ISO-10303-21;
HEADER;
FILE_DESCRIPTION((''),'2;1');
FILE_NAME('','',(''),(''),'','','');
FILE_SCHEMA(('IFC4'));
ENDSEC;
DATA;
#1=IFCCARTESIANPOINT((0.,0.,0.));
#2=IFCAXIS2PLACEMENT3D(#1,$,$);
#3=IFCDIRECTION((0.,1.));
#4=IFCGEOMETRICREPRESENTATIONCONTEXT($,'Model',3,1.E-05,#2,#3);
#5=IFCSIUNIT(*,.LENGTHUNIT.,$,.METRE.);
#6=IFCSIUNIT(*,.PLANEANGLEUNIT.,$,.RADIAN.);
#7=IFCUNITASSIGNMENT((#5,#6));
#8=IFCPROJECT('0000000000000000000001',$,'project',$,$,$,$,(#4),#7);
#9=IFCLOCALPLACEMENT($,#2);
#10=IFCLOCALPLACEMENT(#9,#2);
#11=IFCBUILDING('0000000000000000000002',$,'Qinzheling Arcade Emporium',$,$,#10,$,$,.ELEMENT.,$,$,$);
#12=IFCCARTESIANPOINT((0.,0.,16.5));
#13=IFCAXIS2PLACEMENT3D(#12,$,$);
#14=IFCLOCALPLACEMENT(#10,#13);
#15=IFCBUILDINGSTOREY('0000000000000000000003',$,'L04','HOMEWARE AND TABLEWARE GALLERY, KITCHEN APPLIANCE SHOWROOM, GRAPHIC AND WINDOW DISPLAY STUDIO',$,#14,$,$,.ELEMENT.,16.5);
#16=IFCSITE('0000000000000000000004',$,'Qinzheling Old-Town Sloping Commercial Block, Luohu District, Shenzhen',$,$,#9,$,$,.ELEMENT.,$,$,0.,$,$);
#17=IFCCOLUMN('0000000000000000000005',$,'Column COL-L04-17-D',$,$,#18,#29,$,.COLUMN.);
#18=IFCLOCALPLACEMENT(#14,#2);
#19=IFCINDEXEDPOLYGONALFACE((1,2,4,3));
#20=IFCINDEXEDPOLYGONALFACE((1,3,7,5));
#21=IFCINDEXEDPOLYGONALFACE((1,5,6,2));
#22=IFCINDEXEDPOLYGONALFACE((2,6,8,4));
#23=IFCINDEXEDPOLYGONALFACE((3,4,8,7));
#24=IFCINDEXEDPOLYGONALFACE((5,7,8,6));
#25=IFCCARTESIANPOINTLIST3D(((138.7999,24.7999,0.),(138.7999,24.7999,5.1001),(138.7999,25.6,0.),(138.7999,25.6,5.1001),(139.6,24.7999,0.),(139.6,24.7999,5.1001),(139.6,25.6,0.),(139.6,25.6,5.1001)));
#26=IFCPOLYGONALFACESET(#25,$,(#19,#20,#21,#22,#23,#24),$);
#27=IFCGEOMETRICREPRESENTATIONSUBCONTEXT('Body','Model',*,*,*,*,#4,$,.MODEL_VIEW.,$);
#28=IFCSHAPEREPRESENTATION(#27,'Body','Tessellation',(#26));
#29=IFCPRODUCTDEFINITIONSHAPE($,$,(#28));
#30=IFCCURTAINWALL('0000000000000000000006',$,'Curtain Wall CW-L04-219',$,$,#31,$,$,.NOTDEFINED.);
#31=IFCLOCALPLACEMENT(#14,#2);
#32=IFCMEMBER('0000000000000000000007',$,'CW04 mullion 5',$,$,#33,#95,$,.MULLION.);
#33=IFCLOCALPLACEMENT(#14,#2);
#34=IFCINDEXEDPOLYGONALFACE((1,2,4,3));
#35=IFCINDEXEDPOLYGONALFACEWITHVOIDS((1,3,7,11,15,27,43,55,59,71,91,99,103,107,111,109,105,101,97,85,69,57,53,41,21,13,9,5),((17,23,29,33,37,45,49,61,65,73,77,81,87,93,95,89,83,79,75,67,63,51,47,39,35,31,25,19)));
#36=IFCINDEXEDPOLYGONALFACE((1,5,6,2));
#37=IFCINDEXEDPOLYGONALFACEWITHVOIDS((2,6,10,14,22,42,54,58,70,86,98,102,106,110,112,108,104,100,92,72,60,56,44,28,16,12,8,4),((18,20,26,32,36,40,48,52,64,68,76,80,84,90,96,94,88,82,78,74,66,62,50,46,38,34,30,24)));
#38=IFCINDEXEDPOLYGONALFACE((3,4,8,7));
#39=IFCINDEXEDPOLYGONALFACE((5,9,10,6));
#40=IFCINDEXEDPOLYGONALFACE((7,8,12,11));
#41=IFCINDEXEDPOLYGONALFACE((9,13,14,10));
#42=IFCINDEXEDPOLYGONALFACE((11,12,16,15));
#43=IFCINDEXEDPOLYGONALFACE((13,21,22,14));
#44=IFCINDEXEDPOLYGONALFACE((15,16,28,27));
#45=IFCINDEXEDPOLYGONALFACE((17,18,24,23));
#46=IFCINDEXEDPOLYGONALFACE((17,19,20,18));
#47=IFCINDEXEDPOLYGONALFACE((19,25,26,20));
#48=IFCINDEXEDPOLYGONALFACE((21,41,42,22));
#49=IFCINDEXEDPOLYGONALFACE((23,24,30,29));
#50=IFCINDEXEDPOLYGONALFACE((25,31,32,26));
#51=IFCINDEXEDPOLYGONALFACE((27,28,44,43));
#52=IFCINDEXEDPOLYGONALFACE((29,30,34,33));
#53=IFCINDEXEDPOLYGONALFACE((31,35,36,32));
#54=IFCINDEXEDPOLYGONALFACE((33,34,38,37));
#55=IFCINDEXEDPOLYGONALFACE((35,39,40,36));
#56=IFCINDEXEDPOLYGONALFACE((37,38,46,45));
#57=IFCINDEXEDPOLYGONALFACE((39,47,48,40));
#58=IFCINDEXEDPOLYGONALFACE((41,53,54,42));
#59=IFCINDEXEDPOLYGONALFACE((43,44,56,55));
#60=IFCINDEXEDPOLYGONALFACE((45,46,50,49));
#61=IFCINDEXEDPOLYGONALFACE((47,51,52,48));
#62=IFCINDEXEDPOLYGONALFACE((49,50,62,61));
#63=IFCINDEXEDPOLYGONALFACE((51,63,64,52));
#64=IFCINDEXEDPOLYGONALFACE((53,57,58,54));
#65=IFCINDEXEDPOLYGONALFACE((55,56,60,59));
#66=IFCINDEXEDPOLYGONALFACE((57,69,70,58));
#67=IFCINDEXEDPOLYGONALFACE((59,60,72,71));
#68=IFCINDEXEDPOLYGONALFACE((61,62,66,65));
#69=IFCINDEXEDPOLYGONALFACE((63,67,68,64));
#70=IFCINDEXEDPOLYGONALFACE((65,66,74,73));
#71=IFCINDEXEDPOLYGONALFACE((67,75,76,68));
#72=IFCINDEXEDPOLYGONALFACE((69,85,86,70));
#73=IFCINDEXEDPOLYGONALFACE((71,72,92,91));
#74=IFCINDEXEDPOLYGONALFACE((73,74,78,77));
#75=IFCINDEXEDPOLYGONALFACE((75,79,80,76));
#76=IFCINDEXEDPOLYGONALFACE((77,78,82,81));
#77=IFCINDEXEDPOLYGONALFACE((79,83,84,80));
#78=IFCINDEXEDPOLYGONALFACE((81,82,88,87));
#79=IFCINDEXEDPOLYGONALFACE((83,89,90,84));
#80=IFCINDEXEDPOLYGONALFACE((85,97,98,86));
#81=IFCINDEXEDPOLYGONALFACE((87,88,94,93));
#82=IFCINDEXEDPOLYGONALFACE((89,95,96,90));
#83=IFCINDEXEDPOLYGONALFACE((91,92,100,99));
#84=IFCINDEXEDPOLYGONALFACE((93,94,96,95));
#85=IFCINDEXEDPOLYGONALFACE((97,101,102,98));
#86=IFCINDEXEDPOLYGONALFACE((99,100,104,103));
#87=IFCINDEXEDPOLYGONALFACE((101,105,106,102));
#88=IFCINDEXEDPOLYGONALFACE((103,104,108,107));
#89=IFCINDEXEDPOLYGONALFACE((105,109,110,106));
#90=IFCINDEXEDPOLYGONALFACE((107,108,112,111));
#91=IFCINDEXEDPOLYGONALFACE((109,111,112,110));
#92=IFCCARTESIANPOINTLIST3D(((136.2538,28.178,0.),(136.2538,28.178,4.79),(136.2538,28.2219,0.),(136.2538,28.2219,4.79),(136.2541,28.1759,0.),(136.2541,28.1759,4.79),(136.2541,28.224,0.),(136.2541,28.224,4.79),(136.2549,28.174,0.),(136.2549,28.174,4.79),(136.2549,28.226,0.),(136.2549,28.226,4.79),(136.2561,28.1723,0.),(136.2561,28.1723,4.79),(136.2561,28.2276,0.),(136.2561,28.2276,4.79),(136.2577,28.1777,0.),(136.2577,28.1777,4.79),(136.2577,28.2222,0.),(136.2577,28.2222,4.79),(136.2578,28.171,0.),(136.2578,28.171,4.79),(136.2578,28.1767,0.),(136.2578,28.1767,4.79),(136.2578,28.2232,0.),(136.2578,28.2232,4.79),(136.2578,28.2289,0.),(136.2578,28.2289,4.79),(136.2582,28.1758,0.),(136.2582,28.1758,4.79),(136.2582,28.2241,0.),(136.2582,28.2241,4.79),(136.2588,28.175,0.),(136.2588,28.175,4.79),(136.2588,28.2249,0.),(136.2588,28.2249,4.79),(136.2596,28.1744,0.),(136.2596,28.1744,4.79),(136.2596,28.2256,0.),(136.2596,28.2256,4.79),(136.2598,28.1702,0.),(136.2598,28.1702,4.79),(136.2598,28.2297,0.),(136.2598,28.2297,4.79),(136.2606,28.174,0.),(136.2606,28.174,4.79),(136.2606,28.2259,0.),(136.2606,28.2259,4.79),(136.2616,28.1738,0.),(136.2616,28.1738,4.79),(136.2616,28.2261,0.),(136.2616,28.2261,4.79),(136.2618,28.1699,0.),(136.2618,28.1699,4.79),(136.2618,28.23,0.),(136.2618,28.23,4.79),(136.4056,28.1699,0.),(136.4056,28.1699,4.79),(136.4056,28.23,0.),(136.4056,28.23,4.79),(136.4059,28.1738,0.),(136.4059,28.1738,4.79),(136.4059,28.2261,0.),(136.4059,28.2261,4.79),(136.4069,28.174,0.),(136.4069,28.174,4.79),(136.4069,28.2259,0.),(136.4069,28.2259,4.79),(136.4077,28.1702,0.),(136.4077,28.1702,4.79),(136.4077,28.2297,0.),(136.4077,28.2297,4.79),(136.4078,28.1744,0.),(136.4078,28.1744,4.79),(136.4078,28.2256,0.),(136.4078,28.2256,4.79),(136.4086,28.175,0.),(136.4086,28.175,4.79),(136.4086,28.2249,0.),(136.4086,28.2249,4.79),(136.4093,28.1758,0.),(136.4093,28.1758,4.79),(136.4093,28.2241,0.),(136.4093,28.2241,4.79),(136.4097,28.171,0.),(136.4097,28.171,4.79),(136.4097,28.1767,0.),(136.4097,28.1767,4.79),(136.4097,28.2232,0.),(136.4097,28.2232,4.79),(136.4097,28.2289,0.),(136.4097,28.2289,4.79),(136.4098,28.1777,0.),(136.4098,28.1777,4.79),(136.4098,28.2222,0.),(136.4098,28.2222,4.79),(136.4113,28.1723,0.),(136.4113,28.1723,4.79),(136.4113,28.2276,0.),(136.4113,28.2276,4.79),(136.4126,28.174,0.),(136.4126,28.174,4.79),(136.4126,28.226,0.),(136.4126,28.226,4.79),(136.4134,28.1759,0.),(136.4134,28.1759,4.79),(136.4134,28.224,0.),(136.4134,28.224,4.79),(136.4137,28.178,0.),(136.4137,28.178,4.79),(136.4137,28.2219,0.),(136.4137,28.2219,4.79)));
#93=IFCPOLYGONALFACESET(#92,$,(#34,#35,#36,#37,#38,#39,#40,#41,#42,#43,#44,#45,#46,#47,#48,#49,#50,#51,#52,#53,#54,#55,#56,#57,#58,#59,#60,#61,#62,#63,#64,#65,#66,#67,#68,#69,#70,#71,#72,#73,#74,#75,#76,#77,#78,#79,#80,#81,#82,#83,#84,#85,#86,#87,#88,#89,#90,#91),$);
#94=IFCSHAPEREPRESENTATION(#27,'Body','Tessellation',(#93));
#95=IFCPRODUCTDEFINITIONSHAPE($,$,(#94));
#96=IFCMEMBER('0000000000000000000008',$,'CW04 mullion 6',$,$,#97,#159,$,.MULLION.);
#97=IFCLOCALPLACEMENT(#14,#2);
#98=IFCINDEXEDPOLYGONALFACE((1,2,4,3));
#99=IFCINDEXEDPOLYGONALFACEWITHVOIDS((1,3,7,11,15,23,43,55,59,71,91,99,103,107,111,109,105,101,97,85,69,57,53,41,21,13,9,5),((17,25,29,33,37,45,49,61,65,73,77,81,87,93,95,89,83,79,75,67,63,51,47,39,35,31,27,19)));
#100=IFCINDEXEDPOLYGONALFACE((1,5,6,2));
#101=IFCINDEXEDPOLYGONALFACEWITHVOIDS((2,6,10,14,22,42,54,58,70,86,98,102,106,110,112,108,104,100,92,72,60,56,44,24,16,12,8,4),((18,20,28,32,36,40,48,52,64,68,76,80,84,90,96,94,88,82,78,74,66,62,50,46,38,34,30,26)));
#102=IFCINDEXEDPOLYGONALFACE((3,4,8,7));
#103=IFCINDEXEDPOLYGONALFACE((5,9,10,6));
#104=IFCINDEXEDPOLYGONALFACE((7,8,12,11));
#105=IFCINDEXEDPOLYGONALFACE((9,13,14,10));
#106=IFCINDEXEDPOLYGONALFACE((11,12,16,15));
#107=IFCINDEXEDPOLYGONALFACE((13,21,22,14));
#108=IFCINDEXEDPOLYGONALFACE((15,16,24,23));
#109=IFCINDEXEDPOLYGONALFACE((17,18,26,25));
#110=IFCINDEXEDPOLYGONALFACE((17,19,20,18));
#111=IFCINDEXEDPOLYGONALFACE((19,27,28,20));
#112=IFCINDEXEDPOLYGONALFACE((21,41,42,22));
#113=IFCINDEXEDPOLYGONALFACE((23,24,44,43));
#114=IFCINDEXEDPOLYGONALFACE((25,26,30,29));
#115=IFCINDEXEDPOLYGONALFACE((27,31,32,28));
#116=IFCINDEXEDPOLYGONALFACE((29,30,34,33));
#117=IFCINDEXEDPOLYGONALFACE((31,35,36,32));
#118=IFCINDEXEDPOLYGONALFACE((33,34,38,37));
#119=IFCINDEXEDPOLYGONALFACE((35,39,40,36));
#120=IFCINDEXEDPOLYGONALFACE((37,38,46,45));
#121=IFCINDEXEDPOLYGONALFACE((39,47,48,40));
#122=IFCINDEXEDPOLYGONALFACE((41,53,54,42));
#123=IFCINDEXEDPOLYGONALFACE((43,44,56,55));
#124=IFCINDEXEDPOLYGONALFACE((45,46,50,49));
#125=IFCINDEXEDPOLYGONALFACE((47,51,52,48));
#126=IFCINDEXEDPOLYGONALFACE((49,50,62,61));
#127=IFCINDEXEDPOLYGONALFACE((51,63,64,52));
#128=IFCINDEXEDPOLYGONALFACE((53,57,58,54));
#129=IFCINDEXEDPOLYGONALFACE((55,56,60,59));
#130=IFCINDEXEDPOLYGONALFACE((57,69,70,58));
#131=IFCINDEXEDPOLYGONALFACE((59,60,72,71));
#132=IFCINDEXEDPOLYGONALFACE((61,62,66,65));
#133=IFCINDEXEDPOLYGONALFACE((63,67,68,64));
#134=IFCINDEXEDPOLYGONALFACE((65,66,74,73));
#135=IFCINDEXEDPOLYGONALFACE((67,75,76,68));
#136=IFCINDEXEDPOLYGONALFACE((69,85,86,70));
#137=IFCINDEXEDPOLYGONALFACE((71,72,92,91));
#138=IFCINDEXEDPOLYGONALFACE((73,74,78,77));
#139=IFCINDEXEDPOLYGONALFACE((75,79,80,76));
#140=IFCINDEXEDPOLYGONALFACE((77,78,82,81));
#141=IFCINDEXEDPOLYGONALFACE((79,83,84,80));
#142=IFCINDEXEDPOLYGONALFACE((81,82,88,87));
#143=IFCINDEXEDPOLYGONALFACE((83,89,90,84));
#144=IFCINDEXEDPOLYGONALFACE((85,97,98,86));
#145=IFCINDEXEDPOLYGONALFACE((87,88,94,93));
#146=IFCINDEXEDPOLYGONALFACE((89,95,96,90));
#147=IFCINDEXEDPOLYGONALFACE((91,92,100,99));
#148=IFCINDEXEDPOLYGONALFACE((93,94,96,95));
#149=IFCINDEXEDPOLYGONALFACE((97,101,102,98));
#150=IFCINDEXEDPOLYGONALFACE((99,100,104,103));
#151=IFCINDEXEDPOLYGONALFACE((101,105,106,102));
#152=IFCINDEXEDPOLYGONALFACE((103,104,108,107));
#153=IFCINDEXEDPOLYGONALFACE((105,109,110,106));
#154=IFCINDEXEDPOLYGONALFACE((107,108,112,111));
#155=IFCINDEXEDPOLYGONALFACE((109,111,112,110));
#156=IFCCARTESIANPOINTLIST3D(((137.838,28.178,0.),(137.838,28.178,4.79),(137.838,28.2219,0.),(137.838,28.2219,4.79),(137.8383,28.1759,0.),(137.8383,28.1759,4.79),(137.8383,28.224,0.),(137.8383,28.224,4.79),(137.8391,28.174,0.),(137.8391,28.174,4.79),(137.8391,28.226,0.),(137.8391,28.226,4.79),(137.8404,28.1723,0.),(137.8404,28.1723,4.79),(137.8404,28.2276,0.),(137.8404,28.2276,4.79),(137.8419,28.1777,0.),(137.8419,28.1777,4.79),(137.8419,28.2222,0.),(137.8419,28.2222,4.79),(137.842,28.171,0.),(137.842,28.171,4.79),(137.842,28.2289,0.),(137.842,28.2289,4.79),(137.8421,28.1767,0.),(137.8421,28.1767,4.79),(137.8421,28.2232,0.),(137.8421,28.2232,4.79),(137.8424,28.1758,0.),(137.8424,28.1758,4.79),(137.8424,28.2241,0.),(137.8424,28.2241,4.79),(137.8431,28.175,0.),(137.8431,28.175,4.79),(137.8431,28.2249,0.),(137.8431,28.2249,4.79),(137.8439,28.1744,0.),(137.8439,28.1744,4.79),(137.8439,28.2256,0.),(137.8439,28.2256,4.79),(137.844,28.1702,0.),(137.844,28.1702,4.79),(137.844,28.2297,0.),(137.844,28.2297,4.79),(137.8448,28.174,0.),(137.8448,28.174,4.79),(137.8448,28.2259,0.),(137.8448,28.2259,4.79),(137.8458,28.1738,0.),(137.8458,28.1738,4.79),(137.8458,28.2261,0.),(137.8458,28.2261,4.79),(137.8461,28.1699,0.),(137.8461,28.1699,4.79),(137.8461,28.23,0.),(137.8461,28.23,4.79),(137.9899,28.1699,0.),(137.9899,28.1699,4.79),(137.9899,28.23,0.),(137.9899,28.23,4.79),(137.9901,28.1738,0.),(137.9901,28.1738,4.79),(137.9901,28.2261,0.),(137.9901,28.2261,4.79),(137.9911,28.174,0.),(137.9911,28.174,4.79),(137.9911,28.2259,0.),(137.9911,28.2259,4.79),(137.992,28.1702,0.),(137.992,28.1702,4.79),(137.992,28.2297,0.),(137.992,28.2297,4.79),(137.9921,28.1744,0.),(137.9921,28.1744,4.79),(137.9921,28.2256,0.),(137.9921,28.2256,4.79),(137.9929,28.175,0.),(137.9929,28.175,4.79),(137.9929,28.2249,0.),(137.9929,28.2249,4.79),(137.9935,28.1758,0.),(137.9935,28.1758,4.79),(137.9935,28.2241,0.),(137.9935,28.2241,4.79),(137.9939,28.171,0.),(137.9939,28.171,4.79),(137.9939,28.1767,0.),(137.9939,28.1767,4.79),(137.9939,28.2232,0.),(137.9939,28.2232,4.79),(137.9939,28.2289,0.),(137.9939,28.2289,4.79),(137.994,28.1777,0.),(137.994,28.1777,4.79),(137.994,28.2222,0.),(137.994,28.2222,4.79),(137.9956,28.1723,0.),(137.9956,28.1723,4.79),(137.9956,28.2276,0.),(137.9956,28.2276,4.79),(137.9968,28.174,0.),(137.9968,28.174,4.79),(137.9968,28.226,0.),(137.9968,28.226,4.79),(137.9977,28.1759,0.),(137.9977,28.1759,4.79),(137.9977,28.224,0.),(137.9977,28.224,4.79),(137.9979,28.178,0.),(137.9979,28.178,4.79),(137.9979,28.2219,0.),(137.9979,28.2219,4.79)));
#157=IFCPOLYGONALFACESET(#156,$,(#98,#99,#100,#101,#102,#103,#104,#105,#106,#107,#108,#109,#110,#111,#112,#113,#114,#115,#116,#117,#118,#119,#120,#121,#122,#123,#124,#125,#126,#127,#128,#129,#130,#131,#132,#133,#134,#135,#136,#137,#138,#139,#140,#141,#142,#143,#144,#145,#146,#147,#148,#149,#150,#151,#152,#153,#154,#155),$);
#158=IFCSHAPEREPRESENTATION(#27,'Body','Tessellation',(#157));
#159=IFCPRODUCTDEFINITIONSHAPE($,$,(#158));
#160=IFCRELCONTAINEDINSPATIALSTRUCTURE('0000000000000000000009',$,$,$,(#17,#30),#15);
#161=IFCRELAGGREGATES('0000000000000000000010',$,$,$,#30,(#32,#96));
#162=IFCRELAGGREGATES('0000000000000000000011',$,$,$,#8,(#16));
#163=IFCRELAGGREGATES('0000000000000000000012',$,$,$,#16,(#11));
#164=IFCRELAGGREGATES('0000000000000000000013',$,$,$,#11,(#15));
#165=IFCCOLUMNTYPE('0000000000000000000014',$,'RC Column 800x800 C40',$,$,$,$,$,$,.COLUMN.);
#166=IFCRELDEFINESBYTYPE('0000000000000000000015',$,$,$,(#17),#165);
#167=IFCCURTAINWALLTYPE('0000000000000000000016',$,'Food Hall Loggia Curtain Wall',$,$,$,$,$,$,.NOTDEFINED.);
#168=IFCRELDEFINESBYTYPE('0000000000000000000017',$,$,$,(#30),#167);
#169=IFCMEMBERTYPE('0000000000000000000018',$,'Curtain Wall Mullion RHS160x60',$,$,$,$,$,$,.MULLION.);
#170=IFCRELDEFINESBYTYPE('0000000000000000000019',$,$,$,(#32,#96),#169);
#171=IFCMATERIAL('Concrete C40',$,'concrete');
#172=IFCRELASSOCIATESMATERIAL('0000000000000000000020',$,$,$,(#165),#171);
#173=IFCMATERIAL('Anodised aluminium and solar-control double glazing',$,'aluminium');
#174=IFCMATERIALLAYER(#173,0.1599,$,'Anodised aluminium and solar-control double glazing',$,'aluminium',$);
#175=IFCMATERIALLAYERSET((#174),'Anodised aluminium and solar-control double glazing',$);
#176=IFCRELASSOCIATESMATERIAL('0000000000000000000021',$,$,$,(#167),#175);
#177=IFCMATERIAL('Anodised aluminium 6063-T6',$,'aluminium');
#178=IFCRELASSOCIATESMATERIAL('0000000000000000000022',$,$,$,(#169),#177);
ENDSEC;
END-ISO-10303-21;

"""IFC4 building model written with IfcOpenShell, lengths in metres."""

from ifc_helpers import new_model, si_unit, direction, frame, origin, origin_2d, place, context, subcontext, project, spatial, rectangle, hollow_rectangle, extrude, material, layer, layer_set, material_profile, profile_set, type_object, element, aggregate, save


model = new_model("IFC4")

# Units and contexts
model_context = context("Model", 3, precision=1e-05, world=origin(), true_north=direction((0.0, 1.0)))
body_context = subcontext(model_context, "Body", "Model", "MODEL_VIEW")
ifc_project = project(units=[si_unit("LENGTHUNIT", "METRE"), si_unit("PLANEANGLEUNIT", "RADIAN")], contexts=[model_context])

# Site, building, storey
site_placement = place(None, origin())
site = spatial("IfcSite", under=ifc_project, at=site_placement, Name="Qinzheling Old-Town Sloping Commercial Block, Luohu District, Shenzhen", CompositionType="ELEMENT", RefElevation=0.0)
building_placement = place(site_placement, origin())
building = spatial("IfcBuilding", under=site, at=building_placement, Name="Qinzheling Arcade Emporium", CompositionType="ELEMENT")
storey_placement = place(building_placement, frame((0.0, 0.0, 16.5)))
storey = spatial("IfcBuildingStorey", under=building, at=storey_placement, Name="L04", Description="HOMEWARE AND TABLEWARE GALLERY, KITCHEN APPLIANCE SHOWROOM, GRAPHIC AND WINDOW DISPLAY STUDIO", CompositionType="ELEMENT", Elevation=16.5)

# Column
ifc_material_1 = material(Name="Concrete C40", Category="concrete")
ifc_material_profile_1 = material_profile(ifc_material_1, rectangle(XDim=0.8, YDim=0.8, at=origin_2d()), Name="RC 800x800", Category="concrete")
ifc_profile_set_1 = profile_set([ifc_material_profile_1], Name="Concrete C40")
column_type = type_object("IfcColumnType", Name="RC Column 800x800 C40", PredefinedType="COLUMN", material=ifc_profile_set_1)
column_placement = place(storey_placement, frame((139.2, 25.2, 0.0), z_axis=(0.0, 0.0, 1.0), x_axis=(1.0, 0.0, 0.0)))
element("IfcColumn", 1, at=column_placement, inside=storey, type_object=column_type, Name="Column COL-L04-17-D", PredefinedType="COLUMN", context=body_context, shape_type="SweptSolid", body=[
    extrude(rectangle(XDim=0.8, YDim=0.8, at=origin_2d()), origin(), (0.0, 0.0, 1.0), 5.1001),
])

# Curtain wall, members
ifc_material_2 = material(Name="Anodised aluminium and solar-control double glazing", Category="aluminium")
ifc_layer_1 = layer(ifc_material_2, 0.1599, Name="Anodised aluminium and solar-control double glazing", Category="aluminium")
ifc_layer_set_1 = layer_set([ifc_layer_1], Name="Anodised aluminium and solar-control double glazing")
curtain_wall_type = type_object("IfcCurtainWallType", Name="Food Hall Loggia Curtain Wall", PredefinedType="NOTDEFINED", material=ifc_layer_set_1)
curtain_wall_1_placement = place(storey_placement, origin())
curtain_wall_1 = element("IfcCurtainWall", 2, at=curtain_wall_1_placement, inside=storey, type_object=curtain_wall_type, Name="Curtain Wall CW-L04-219", PredefinedType="NOTDEFINED")
ifc_material_3 = material(Name="Anodised aluminium 6063-T6", Category="aluminium")
ifc_material_profile_2 = material_profile(ifc_material_3, hollow_rectangle(XDim=0.0601, YDim=0.1599, WallThickness=0.0039, InnerFilletRadius=0.0039, OuterFilletRadius=0.0081, at=origin_2d()), Name="RHS 160x60x4", Category="aluminium")
ifc_profile_set_2 = profile_set([ifc_material_profile_2], Name="Anodised aluminium 6063-T6")
member_type_1 = type_object("IfcMemberType", Name="Curtain Wall Mullion RHS160x60", PredefinedType="MULLION", material=ifc_profile_set_2)
member_1_placement = place(storey_placement, frame((136.3337, 28.2, 0.0), z_axis=(0.0, 0.0, 1.0), x_axis=(0.0, 1.0, 0.0)))
member_1 = element("IfcMember", 3, at=member_1_placement, type_object=member_type_1, Name="CW04 mullion 5", PredefinedType="MULLION", context=body_context, shape_type="SweptSolid", body=[
    extrude(hollow_rectangle(XDim=0.0601, YDim=0.1599, WallThickness=0.0039, InnerFilletRadius=0.0039, OuterFilletRadius=0.0081, at=origin_2d()), origin(), (0.0, 0.0, 1.0), 4.79),
])
member_2_placement = place(storey_placement, frame((137.918, 28.2, 0.0), z_axis=(0.0, 0.0, 1.0), x_axis=(0.0, 1.0, 0.0)))
member_2 = element("IfcMember", 4, at=member_2_placement, type_object=member_type_1, Name="CW04 mullion 6", PredefinedType="MULLION", context=body_context, shape_type="SweptSolid", body=[
    extrude(hollow_rectangle(XDim=0.0601, YDim=0.1599, WallThickness=0.0039, InnerFilletRadius=0.0039, OuterFilletRadius=0.0081, at=origin_2d()), origin(), (0.0, 0.0, 1.0), 4.79),
])

aggregate(curtain_wall_1, [member_1, member_2])

save(model, "model.ifc")
